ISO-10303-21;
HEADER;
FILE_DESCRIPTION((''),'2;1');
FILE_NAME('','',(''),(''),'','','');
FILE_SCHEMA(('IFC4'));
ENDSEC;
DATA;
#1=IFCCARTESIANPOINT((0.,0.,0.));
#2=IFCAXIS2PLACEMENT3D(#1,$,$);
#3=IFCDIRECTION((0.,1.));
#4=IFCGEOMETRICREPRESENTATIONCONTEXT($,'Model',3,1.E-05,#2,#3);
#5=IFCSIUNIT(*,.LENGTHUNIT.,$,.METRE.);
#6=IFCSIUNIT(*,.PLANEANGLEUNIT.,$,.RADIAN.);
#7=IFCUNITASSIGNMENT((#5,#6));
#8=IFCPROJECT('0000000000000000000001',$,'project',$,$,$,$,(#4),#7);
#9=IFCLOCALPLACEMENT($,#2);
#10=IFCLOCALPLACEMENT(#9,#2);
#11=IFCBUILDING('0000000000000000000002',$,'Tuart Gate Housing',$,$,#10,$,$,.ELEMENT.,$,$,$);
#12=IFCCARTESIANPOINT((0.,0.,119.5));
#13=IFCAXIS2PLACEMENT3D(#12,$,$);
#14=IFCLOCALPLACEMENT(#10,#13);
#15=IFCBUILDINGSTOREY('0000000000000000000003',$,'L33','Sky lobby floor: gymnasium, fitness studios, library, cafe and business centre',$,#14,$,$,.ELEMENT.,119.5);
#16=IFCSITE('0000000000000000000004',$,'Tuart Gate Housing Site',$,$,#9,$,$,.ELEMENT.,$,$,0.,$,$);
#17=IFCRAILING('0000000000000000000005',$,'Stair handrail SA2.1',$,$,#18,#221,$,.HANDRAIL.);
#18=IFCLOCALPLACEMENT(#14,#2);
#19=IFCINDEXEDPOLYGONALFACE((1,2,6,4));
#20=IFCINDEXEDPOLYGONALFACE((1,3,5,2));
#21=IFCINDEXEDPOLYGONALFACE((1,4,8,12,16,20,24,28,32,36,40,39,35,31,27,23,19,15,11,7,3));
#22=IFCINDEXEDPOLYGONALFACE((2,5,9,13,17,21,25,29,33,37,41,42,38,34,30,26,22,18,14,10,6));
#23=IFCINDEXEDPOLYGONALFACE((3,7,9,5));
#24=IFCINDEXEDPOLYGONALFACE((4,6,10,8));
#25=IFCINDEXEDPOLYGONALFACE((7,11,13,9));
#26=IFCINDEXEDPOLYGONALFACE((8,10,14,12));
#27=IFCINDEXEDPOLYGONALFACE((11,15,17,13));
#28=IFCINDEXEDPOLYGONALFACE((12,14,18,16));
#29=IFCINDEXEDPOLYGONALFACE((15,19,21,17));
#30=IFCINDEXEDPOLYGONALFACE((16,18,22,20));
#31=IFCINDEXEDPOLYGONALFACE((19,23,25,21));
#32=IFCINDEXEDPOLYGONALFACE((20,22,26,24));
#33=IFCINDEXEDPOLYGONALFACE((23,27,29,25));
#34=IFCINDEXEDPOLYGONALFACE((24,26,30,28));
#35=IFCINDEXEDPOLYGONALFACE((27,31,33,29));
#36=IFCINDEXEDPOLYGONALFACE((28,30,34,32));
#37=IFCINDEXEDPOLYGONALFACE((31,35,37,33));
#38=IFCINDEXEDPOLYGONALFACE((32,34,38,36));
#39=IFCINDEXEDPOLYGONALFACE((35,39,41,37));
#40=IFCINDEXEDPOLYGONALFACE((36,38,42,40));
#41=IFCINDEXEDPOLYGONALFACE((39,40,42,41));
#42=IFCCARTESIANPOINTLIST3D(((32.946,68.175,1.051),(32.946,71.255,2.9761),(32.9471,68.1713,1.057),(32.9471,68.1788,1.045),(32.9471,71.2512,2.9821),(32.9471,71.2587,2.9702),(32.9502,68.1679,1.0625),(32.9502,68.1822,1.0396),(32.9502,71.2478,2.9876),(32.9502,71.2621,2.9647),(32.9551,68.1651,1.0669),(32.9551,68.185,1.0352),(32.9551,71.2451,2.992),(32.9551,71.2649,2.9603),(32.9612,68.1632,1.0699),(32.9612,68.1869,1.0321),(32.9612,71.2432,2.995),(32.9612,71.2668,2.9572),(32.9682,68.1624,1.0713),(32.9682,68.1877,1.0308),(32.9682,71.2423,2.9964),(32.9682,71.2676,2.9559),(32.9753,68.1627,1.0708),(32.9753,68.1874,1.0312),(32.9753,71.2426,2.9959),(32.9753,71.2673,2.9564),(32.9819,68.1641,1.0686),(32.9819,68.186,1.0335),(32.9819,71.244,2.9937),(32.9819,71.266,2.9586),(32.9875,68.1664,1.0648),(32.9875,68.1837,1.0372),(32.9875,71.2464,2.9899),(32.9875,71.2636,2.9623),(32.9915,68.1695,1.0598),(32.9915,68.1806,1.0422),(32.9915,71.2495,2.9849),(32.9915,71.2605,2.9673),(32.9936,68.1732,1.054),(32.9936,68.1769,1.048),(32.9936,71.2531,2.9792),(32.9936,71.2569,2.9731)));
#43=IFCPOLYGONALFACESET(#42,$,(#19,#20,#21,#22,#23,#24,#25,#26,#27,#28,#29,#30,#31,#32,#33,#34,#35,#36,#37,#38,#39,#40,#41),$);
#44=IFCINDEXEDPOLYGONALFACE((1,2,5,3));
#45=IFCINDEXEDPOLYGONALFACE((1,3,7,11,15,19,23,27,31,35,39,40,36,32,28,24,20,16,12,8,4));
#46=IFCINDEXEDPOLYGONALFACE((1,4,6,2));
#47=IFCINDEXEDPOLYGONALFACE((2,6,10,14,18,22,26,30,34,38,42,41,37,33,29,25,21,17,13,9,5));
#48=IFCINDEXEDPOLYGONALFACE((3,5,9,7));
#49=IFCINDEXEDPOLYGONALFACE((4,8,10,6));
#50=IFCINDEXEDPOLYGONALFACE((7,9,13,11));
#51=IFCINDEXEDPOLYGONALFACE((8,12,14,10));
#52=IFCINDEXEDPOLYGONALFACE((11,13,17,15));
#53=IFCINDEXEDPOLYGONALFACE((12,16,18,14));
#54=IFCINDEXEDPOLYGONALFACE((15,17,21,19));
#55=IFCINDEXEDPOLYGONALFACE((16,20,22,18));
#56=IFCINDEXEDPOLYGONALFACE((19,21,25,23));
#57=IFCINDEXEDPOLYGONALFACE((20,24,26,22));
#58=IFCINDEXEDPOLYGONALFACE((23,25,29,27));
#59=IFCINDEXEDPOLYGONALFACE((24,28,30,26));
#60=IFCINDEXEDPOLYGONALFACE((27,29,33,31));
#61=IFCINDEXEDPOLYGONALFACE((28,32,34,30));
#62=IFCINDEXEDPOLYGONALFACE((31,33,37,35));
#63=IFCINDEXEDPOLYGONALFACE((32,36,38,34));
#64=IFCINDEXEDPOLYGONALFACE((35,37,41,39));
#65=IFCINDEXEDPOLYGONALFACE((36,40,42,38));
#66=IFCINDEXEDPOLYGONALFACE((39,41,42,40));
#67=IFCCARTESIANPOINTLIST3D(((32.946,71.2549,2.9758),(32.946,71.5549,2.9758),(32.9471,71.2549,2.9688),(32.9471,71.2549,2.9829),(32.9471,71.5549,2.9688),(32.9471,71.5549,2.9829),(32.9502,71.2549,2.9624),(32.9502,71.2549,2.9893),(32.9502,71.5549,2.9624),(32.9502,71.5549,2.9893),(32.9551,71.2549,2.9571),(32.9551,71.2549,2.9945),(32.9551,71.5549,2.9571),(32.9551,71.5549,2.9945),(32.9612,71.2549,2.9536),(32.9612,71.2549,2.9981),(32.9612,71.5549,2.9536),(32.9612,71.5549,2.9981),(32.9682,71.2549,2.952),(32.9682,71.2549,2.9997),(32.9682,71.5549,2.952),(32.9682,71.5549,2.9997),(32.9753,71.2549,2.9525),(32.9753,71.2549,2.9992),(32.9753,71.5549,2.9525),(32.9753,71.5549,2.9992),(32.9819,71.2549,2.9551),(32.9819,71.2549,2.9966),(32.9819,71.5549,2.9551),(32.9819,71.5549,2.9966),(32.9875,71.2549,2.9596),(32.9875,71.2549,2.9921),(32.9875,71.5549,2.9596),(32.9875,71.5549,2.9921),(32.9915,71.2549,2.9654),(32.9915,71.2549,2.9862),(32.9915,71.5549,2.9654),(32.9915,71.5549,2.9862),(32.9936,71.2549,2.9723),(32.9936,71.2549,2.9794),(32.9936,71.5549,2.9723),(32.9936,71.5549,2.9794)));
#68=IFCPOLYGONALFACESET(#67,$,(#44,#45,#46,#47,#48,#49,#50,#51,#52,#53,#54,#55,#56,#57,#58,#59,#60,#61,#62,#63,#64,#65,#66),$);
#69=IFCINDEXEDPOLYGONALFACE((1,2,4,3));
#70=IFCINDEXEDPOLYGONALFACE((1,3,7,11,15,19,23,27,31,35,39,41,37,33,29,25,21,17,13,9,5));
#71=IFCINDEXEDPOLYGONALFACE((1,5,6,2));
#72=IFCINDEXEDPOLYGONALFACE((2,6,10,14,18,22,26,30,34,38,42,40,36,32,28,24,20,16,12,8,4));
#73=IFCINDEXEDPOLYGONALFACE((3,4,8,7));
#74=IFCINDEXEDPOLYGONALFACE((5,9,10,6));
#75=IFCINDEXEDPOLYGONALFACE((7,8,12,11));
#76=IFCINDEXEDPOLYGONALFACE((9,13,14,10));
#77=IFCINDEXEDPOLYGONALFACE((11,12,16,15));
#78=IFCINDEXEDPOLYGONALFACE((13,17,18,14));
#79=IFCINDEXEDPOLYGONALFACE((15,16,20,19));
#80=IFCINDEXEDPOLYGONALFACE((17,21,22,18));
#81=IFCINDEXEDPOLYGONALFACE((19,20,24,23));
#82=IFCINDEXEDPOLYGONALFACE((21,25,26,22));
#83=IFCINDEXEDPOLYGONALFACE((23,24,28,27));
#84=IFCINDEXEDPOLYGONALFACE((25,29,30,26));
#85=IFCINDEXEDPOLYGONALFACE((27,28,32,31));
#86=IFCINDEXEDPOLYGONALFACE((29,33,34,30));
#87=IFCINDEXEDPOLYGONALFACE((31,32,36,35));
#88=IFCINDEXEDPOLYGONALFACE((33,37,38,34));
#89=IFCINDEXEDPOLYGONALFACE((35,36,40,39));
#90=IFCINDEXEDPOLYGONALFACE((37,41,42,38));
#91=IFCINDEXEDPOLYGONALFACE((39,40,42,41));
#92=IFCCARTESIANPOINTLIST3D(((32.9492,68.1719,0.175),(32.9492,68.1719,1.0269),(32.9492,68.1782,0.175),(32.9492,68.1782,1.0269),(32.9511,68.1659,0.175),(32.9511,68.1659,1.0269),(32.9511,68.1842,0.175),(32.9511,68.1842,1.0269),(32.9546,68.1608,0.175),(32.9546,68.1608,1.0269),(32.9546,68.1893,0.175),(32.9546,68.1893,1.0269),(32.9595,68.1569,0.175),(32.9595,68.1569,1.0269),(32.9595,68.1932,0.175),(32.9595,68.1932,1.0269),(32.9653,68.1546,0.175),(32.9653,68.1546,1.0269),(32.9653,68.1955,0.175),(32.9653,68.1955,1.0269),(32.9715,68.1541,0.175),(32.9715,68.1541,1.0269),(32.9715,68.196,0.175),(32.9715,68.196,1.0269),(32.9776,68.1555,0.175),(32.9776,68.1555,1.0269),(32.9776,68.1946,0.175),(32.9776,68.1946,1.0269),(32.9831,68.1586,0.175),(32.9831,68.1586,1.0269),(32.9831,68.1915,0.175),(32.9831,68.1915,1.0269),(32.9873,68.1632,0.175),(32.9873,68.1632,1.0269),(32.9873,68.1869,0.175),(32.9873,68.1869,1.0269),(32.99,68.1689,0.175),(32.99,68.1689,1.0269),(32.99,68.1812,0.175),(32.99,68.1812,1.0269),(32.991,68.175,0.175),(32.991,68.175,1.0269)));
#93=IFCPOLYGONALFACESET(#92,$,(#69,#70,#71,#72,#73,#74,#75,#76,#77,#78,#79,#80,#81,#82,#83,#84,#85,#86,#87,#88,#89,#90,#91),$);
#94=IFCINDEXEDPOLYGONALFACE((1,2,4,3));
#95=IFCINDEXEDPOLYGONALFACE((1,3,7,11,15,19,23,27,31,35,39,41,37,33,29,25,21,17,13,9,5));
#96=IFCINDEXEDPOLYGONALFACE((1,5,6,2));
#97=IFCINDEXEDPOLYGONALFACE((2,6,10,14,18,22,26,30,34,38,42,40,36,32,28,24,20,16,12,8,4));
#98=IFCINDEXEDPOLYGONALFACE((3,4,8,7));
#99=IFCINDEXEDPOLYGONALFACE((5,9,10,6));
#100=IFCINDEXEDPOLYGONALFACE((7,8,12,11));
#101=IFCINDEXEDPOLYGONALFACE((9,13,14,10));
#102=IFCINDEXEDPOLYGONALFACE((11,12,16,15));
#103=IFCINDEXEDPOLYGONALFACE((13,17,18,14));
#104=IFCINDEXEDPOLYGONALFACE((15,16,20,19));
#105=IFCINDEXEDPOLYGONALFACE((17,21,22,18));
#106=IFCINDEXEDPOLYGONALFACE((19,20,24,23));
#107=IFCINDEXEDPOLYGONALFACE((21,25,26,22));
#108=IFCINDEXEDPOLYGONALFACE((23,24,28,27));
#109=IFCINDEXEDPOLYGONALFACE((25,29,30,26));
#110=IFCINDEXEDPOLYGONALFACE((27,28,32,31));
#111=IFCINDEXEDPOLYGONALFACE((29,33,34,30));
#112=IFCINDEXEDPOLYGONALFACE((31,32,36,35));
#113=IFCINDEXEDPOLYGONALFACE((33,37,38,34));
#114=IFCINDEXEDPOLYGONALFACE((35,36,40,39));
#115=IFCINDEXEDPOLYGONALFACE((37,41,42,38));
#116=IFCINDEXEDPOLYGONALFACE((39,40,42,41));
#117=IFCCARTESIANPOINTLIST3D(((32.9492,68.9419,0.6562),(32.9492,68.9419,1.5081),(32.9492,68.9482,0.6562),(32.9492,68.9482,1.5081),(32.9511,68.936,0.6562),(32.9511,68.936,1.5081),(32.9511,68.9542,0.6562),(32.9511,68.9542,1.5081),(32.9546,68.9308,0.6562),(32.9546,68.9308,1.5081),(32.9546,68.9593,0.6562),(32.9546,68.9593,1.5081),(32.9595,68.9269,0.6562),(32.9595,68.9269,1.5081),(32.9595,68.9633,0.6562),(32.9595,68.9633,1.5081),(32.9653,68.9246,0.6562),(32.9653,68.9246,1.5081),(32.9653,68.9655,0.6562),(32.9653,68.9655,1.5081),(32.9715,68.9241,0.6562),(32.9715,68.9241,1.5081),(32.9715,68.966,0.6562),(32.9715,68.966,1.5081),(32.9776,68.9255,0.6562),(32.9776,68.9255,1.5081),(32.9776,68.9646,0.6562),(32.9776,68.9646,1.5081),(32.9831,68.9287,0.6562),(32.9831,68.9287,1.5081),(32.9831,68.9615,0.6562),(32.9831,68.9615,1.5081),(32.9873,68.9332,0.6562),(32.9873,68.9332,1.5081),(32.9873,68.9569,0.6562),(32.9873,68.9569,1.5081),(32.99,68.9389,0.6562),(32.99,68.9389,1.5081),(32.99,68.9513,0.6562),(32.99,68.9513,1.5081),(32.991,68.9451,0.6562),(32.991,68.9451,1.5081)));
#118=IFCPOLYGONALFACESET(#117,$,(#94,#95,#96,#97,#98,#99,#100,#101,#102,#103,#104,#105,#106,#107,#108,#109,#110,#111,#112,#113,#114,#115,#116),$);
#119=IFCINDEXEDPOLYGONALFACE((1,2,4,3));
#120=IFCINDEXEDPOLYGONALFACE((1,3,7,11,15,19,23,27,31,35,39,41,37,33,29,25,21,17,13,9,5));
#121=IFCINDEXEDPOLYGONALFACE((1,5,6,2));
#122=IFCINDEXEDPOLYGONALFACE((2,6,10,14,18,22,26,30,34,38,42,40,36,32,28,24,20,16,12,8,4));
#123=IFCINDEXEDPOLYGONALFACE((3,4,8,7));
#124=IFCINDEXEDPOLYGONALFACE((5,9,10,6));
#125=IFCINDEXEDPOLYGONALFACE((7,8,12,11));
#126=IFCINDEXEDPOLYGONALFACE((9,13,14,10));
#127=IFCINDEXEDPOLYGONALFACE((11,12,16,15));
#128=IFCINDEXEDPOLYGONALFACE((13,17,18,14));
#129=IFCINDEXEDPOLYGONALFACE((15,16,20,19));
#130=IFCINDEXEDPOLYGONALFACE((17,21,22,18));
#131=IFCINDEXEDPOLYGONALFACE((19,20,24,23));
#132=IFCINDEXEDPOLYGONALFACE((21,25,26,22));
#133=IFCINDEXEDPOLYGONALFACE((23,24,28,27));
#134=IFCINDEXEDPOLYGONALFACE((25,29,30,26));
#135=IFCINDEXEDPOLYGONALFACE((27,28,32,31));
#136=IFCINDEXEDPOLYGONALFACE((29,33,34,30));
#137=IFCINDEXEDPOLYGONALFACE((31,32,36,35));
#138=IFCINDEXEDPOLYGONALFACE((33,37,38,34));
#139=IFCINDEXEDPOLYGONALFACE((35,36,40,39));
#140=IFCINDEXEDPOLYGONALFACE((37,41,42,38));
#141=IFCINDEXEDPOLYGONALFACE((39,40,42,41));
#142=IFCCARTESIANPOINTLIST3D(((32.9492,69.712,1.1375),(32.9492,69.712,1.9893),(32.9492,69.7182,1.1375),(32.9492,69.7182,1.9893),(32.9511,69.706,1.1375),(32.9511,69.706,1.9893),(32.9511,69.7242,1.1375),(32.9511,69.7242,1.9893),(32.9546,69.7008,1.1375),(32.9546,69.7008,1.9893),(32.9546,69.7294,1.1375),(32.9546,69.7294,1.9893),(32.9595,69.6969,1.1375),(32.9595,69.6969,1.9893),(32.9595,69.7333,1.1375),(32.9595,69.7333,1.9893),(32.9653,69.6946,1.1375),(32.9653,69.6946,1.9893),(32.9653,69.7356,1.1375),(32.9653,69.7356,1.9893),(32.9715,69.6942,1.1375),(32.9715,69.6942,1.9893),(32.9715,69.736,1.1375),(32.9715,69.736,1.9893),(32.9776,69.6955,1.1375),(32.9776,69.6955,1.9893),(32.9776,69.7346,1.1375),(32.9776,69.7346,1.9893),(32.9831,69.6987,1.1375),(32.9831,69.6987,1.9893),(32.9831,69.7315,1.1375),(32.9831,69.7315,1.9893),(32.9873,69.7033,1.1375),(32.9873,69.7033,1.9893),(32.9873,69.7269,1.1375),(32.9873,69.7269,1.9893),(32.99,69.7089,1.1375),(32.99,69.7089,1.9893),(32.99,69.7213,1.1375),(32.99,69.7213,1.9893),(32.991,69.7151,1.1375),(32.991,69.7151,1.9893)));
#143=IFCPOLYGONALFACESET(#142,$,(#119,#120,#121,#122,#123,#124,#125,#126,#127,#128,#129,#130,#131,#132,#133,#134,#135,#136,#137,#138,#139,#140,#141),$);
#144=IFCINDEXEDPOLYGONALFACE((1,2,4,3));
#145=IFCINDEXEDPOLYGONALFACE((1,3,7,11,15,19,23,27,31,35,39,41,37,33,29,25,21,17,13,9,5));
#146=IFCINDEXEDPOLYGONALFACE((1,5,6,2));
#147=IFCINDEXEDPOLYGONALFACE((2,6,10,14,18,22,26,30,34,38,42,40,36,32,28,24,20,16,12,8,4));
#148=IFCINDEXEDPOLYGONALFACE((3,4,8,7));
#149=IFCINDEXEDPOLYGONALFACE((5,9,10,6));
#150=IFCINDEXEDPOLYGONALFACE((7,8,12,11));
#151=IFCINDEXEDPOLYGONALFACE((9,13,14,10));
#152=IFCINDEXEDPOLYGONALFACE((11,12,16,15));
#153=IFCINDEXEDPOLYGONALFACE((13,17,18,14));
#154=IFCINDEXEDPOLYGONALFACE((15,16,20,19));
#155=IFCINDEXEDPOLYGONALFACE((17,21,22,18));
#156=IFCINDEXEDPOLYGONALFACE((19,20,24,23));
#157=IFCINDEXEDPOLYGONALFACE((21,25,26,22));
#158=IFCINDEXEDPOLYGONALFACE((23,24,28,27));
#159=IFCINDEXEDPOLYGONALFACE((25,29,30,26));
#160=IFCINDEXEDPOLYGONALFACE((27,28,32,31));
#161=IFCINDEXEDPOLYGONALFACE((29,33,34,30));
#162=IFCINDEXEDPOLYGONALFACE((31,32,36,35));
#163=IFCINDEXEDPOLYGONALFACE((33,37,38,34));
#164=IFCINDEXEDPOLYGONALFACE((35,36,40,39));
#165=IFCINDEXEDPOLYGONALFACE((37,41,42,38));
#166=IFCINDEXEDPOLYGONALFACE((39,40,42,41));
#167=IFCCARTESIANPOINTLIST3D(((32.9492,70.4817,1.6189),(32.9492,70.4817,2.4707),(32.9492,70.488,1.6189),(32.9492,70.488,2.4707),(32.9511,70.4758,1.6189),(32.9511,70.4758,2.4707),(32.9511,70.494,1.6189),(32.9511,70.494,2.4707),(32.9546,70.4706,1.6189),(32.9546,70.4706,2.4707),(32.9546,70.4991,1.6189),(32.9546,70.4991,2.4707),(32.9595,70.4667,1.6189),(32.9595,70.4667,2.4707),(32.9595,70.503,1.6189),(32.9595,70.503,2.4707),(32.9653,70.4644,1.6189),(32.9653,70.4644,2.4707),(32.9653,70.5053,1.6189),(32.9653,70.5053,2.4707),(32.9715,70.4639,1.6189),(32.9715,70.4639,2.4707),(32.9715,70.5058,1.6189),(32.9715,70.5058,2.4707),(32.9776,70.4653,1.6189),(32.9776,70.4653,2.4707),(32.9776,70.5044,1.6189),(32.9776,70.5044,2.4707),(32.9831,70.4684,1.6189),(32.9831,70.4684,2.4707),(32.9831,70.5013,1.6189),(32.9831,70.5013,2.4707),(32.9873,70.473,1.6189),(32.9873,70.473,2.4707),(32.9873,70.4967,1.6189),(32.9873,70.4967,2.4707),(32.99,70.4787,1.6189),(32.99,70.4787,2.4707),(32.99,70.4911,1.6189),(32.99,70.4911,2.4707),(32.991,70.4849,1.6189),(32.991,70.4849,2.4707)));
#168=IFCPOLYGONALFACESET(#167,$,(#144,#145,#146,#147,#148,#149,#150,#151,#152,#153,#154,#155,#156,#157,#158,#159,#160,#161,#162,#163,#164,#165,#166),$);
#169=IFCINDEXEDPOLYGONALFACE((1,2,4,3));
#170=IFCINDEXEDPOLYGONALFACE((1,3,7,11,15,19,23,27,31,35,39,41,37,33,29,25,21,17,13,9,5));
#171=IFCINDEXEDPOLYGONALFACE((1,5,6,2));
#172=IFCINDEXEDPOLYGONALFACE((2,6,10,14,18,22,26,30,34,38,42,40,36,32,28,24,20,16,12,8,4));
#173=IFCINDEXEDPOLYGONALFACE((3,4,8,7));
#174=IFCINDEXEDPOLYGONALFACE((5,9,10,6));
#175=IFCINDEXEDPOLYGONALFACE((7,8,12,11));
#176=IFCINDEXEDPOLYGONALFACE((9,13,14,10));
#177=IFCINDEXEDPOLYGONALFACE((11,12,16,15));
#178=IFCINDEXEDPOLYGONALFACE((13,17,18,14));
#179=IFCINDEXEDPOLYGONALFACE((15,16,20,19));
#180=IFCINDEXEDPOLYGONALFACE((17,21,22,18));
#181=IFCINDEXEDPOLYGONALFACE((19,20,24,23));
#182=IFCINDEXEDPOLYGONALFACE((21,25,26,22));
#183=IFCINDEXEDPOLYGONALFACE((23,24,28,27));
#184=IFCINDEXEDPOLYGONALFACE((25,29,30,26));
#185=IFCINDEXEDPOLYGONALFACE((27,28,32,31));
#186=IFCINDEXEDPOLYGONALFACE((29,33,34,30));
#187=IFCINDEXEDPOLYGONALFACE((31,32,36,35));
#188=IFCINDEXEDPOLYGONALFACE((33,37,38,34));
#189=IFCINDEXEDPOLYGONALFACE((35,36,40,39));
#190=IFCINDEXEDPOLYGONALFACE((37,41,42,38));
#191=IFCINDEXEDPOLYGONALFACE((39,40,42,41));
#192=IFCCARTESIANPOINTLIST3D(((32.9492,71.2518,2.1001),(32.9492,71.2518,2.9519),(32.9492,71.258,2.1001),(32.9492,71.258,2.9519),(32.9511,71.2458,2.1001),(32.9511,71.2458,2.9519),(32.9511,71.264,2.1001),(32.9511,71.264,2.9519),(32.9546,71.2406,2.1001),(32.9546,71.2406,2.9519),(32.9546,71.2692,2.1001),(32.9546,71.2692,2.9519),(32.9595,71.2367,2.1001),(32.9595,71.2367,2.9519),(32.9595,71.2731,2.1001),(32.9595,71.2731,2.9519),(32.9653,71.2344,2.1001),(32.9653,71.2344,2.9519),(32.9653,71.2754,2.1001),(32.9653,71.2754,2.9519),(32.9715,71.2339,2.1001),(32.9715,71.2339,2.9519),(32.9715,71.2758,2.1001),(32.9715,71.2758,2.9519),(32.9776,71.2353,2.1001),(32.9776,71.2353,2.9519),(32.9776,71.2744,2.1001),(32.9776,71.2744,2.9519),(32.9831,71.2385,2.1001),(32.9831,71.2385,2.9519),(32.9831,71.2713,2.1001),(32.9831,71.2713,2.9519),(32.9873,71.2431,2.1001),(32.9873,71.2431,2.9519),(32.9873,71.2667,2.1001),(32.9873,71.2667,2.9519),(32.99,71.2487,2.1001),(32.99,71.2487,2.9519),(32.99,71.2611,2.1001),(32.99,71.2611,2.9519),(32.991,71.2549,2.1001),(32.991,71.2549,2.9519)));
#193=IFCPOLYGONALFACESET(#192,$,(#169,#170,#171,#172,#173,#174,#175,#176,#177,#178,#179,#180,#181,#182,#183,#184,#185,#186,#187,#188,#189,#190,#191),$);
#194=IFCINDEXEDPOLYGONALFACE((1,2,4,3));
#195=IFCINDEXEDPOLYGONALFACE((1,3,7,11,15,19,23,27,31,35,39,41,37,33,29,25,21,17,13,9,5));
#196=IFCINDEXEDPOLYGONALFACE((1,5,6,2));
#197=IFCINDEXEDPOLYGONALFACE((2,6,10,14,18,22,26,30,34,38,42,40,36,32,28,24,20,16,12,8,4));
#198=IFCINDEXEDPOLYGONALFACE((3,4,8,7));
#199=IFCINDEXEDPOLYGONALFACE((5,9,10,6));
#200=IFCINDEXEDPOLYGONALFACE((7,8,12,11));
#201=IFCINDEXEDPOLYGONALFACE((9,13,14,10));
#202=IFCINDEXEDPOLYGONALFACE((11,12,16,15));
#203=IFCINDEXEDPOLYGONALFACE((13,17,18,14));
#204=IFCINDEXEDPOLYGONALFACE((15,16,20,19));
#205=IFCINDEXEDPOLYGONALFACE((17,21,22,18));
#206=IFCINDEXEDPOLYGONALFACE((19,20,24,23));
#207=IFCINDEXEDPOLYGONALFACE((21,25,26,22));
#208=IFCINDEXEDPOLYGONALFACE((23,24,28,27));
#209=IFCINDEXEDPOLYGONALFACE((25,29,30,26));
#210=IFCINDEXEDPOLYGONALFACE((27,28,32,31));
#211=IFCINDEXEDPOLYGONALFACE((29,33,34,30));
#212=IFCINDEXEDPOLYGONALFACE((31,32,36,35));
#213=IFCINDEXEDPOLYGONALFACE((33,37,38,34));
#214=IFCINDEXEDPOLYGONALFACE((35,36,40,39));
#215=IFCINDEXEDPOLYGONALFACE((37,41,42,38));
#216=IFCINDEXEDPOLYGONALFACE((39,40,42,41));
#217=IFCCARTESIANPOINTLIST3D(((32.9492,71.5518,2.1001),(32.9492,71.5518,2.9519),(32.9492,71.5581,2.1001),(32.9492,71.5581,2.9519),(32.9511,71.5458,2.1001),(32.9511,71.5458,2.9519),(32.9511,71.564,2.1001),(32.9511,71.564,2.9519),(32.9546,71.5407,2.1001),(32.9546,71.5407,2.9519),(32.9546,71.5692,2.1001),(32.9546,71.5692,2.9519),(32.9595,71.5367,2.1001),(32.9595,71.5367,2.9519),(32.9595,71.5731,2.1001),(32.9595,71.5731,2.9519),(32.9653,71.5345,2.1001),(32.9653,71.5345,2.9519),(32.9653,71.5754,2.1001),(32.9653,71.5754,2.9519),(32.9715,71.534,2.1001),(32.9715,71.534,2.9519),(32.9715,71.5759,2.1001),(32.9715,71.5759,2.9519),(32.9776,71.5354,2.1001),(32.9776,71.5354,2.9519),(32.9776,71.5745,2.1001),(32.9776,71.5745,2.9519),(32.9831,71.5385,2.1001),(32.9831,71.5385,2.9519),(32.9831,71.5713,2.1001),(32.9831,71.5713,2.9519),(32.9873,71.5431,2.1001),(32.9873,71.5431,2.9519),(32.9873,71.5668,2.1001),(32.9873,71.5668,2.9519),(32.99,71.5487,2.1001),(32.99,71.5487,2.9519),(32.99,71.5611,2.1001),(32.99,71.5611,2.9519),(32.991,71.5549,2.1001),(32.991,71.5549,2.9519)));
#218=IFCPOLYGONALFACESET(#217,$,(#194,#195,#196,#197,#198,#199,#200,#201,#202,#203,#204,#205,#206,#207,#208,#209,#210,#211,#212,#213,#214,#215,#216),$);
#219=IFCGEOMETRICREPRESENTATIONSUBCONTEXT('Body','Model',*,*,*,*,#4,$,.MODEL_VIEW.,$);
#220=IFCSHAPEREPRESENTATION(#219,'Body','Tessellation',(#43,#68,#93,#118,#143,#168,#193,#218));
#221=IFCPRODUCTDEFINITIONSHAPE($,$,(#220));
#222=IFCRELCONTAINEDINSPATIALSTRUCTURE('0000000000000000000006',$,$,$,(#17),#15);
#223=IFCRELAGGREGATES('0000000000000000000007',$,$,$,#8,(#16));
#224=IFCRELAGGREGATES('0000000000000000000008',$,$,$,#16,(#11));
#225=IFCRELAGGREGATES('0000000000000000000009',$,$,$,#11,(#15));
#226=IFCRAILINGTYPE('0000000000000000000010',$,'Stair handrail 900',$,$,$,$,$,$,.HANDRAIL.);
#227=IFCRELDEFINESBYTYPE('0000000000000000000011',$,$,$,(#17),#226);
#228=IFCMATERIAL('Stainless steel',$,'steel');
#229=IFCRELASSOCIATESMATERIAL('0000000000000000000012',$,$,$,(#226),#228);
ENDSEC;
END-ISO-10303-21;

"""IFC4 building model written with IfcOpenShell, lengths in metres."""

from ifc_helpers import new_model, si_unit, direction, frame, origin, origin_2d, place, context, subcontext, project, spatial, circle, extrude, material, type_object, element, save


model = new_model("IFC4")

# Units and contexts
model_context = context("Model", 3, precision=1e-05, world=origin(), true_north=direction((0.0, 1.0)))
body_context = subcontext(model_context, "Body", "Model", "MODEL_VIEW")
ifc_project = project(units=[si_unit("LENGTHUNIT", "METRE"), si_unit("PLANEANGLEUNIT", "RADIAN")], contexts=[model_context])

# Site, building, storey
site_placement = place(None, origin())
site = spatial("IfcSite", under=ifc_project, at=site_placement, Name="Tuart Gate Housing Site", CompositionType="ELEMENT", RefElevation=0.0)
building_placement = place(site_placement, origin())
building = spatial("IfcBuilding", under=site, at=building_placement, Name="Tuart Gate Housing", CompositionType="ELEMENT")
storey_placement = place(building_placement, frame((0.0, 0.0, 119.5)))
storey = spatial("IfcBuildingStorey", under=building, at=storey_placement, Name="L33", Description="Sky lobby floor: gymnasium, fitness studios, library, cafe and business centre", CompositionType="ELEMENT", Elevation=119.5)

# Railing
ifc_material_1 = material(Name="Stainless steel", Category="steel")
railing_type = type_object("IfcRailingType", Name="Stair handrail 900", PredefinedType="HANDRAIL", material=ifc_material_1)
railing_placement = place(storey_placement, frame((32.97, 68.175, 0.175)))
element("IfcRailing", 1, at=railing_placement, inside=storey, type_object=railing_type, Name="Stair handrail SA2.1", PredefinedType="HANDRAIL", context=body_context, shape_type="SweptSolid", body=[
    extrude(circle(Radius=0.0239, at=origin_2d()), frame((0.0, 0.0, 0.876), z_axis=(0.0, 0.847979, 0.530029), x_axis=(-1.0, 0.0, 0.0)), (0.0, 0.0, 1.0), 3.6321),
    extrude(circle(Radius=0.0239, at=origin_2d()), frame((0.0, 3.0798, 2.8008), z_axis=(0.0, 1.0, 0.0), x_axis=(-1.0, 0.0, 0.0)), (0.0, 0.0, 1.0), 0.3),
    extrude(circle(Radius=0.021, at=origin_2d()), origin(), (0.0, 0.0, 1.0), 0.8518),
    extrude(circle(Radius=0.021, at=origin_2d()), frame((0.0, 0.77, 0.4812)), (0.0, 0.0, 1.0), 0.8518),
    extrude(circle(Radius=0.021, at=origin_2d()), frame((0.0, 1.54, 0.9624)), (0.0, 0.0, 1.0), 0.8518),
    extrude(circle(Radius=0.021, at=origin_2d()), frame((0.0, 2.3098, 1.4438)), (0.0, 0.0, 1.0), 0.8518),
    extrude(circle(Radius=0.021, at=origin_2d()), frame((0.0, 3.0798, 1.925)), (0.0, 0.0, 1.0), 0.8518),
    extrude(circle(Radius=0.021, at=origin_2d()), frame((0.0, 3.3799, 1.925)), (0.0, 0.0, 1.0), 0.8518),
])

save(model, "model.ifc")
